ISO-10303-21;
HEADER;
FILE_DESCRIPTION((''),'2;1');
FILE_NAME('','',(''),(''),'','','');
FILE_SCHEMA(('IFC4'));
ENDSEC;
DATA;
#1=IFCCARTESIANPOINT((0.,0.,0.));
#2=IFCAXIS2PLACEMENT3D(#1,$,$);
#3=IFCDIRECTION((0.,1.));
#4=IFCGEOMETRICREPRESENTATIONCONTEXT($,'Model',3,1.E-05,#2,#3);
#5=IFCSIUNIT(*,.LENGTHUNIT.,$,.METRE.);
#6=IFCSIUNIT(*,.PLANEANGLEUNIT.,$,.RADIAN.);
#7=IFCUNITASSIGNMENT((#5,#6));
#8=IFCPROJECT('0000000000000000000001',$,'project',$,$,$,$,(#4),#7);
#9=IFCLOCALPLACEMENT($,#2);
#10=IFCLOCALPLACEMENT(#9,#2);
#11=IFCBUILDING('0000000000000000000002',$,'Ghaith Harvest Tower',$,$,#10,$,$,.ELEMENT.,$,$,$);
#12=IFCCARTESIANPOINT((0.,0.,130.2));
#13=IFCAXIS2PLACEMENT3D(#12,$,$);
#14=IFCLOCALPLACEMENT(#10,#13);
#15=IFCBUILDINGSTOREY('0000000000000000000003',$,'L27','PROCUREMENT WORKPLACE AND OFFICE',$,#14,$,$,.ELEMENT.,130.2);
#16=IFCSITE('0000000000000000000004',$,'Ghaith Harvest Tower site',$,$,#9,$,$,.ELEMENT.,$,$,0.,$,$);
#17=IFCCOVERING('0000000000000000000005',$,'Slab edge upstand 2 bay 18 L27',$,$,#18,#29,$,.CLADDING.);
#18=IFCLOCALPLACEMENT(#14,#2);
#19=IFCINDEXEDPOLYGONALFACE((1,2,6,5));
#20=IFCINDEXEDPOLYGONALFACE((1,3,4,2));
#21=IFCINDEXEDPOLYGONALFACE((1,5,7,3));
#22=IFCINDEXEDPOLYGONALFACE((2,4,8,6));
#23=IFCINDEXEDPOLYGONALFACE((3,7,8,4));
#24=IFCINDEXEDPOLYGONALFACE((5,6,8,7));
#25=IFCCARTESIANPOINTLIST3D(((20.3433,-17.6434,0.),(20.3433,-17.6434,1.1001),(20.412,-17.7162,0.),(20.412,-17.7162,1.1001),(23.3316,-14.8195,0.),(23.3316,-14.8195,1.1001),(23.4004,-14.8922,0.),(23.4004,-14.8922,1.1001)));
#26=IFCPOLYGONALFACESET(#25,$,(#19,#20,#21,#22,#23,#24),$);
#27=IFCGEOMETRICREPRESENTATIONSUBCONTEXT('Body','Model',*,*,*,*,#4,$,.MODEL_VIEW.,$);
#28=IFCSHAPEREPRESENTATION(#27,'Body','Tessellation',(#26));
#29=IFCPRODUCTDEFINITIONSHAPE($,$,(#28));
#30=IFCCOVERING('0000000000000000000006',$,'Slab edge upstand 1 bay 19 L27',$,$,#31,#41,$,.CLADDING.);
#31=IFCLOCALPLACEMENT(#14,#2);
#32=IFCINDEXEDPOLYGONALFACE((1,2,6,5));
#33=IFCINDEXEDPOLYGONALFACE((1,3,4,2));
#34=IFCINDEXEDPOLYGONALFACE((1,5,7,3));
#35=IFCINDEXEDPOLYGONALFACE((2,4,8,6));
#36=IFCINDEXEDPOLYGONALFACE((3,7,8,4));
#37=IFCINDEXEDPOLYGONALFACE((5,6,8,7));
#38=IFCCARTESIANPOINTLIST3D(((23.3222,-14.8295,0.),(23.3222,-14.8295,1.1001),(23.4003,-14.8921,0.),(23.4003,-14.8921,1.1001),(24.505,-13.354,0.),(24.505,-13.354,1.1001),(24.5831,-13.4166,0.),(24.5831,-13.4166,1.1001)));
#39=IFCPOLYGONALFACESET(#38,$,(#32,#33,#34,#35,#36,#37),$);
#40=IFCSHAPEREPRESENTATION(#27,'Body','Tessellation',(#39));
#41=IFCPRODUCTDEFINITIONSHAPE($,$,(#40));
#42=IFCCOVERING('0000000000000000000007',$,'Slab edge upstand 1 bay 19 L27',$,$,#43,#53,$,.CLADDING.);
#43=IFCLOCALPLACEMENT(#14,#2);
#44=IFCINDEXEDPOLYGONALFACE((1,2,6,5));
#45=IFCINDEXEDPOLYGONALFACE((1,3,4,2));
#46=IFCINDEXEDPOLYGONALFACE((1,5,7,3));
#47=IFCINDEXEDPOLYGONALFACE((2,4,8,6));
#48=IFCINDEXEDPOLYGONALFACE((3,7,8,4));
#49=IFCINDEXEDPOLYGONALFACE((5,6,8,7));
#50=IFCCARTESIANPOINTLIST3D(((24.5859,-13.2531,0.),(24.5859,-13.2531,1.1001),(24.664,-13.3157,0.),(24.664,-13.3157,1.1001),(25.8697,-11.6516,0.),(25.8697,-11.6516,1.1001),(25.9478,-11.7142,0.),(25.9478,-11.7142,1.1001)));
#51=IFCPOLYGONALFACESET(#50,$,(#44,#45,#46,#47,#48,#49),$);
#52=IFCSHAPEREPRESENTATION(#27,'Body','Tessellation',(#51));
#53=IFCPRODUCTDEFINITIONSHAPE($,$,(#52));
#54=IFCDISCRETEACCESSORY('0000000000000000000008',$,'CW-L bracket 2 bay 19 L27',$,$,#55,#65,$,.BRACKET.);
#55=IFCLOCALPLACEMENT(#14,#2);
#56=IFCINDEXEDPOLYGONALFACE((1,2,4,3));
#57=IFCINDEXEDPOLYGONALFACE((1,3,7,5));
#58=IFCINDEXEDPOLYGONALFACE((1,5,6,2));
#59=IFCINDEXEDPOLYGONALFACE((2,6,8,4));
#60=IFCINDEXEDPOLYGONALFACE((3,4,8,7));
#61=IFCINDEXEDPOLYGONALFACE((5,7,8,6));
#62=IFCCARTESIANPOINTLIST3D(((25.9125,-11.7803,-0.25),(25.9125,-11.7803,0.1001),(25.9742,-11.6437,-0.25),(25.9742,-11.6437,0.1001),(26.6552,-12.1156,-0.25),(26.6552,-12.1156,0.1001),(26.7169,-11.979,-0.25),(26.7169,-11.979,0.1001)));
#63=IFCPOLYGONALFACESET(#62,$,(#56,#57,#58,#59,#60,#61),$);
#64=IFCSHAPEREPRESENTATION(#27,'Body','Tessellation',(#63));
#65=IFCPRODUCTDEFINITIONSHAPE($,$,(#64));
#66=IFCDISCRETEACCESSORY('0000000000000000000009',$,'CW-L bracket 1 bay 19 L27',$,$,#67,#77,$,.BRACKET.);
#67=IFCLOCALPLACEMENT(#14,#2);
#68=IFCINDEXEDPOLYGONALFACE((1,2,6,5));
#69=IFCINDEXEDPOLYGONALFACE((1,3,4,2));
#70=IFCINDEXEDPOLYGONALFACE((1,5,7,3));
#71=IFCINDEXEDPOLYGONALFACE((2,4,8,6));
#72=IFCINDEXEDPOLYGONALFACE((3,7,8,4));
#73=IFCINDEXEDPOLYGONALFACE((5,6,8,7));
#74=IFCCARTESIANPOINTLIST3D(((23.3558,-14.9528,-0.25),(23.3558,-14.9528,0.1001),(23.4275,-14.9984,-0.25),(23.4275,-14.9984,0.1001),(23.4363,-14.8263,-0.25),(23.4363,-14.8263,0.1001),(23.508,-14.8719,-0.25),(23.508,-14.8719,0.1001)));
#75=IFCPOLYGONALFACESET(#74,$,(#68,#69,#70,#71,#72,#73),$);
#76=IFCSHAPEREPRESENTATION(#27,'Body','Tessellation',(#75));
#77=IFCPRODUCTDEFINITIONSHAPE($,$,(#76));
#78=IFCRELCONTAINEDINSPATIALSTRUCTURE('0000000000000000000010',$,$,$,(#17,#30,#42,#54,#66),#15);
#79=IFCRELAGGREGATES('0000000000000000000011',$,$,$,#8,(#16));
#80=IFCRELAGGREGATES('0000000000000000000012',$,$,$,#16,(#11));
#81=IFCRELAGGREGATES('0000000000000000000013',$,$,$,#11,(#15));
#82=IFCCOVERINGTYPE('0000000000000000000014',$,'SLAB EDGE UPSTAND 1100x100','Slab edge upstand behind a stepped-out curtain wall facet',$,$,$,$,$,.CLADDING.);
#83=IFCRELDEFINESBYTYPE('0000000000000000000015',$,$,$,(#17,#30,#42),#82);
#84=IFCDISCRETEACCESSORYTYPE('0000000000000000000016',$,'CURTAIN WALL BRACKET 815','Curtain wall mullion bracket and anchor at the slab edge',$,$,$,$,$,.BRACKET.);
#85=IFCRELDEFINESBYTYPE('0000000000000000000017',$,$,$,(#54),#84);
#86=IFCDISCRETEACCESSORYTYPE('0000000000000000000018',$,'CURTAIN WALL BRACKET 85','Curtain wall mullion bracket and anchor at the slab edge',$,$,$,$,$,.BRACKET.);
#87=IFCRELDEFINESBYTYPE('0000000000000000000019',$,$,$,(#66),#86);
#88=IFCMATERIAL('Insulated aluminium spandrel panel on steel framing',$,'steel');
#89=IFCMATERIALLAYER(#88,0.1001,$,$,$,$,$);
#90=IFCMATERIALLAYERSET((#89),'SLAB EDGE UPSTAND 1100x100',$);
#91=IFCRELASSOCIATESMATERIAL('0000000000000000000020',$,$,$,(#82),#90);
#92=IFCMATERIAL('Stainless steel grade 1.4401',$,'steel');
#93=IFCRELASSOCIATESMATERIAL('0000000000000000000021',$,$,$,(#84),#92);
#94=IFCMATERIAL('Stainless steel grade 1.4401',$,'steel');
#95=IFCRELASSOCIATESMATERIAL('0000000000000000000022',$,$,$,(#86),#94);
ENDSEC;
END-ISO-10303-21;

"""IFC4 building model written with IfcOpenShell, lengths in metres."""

from ifc_helpers import new_model, si_unit, direction, frame, origin, origin_2d, place, context, subcontext, project, spatial, rectangle, extrude, material, layer, layer_set, type_object, element, save


model = new_model("IFC4")

# Units and contexts
model_context = context("Model", 3, precision=1e-05, world=origin(), true_north=direction((0.0, 1.0)))
body_context = subcontext(model_context, "Body", "Model", "MODEL_VIEW")
ifc_project = project(units=[si_unit("LENGTHUNIT", "METRE"), si_unit("PLANEANGLEUNIT", "RADIAN")], contexts=[model_context])

# Site, building, storey
site_placement = place(None, origin())
site = spatial("IfcSite", under=ifc_project, at=site_placement, Name="Ghaith Harvest Tower site", CompositionType="ELEMENT", RefElevation=0.0)
building_placement = place(site_placement, origin())
building = spatial("IfcBuilding", under=site, at=building_placement, Name="Ghaith Harvest Tower", CompositionType="ELEMENT")
storey_placement = place(building_placement, frame((0.0, 0.0, 130.2)))
storey = spatial("IfcBuildingStorey", under=building, at=storey_placement, Name="L27", Description="PROCUREMENT WORKPLACE AND OFFICE", CompositionType="ELEMENT", Elevation=130.2)

# Coverings
ifc_material_1 = material(Name="Insulated aluminium spandrel panel on steel framing", Category="steel")
ifc_layer_1 = layer(ifc_material_1, 0.1001)
ifc_layer_set_1 = layer_set([ifc_layer_1], Name="SLAB EDGE UPSTAND 1100x100")
covering_type = type_object("IfcCoveringType", Name="SLAB EDGE UPSTAND 1100x100", Description="Slab edge upstand behind a stepped-out curtain wall facet", PredefinedType="CLADDING", material=ifc_layer_set_1)
covering_1_placement = place(storey_placement, frame((21.8718, -16.2678, 0.0), z_axis=(0.0, 0.0, 1.0), x_axis=(0.72681, 0.686839, 0.0)))
element("IfcCovering", 1, at=covering_1_placement, inside=storey, type_object=covering_type, Name="Slab edge upstand 2 bay 18 L27", PredefinedType="CLADDING", context=body_context, shape_type="SweptSolid", body=[
    extrude(rectangle(XDim=4.1116, YDim=0.1001, at=origin_2d()), origin(), (0.0, 0.0, 1.0), 1.1001),
])
covering_2_placement = place(storey_placement, frame((23.9526, -14.123, 0.0), z_axis=(0.0, 0.0, 1.0), x_axis=(0.625468, 0.78025, 0.0)))
element("IfcCovering", 2, at=covering_2_placement, inside=storey, type_object=covering_type, Name="Slab edge upstand 1 bay 19 L27", PredefinedType="CLADDING", context=body_context, shape_type="SweptSolid", body=[
    extrude(rectangle(XDim=1.8911, YDim=0.1001, at=origin_2d()), origin(), (0.0, 0.0, 1.0), 1.1001),
])
covering_3_placement = place(storey_placement, frame((25.2668, -12.4836, 0.0), z_axis=(0.0, 0.0, 1.0), x_axis=(0.625468, 0.78025, 0.0)))
element("IfcCovering", 3, at=covering_3_placement, inside=storey, type_object=covering_type, Name="Slab edge upstand 1 bay 19 L27", PredefinedType="CLADDING", context=body_context, shape_type="SweptSolid", body=[
    extrude(rectangle(XDim=2.0525, YDim=0.1001, at=origin_2d()), origin(), (0.0, 0.0, 1.0), 1.1001),
])

# Discrete accessories
ifc_material_2 = material(Name="Stainless steel grade 1.4401", Category="steel")
discrete_accessory_type_1 = type_object("IfcDiscreteAccessoryType", Name="CURTAIN WALL BRACKET 815", Description="Curtain wall mullion bracket and anchor at the slab edge", PredefinedType="BRACKET", material=ifc_material_2)
discrete_accessory_1_placement = place(storey_placement, frame((26.3147, -11.8796, -0.25), z_axis=(0.0, 0.0, 1.0), x_axis=(0.911427, -0.411462, 0.0)))
element("IfcDiscreteAccessory", 4, at=discrete_accessory_1_placement, inside=storey, type_object=discrete_accessory_type_1, Name="CW-L bracket 2 bay 19 L27", PredefinedType="BRACKET", context=body_context, shape_type="SweptSolid", body=[
    extrude(rectangle(XDim=0.8149, YDim=0.1499, at=origin_2d()), origin(), (0.0, 0.0, 1.0), 0.3501),
])
ifc_material_3 = material(Name="Stainless steel grade 1.4401", Category="steel")
discrete_accessory_type_2 = type_object("IfcDiscreteAccessoryType", Name="CURTAIN WALL BRACKET 85", Description="Curtain wall mullion bracket and anchor at the slab edge", PredefinedType="BRACKET", material=ifc_material_3)
discrete_accessory_2_placement = place(storey_placement, frame((23.4319, -14.9124, -0.25), z_axis=(0.0, 0.0, 1.0), x_axis=(0.843644, -0.536903, 0.0)))
element("IfcDiscreteAccessory", 5, at=discrete_accessory_2_placement, inside=storey, type_object=discrete_accessory_type_2, Name="CW-L bracket 1 bay 19 L27", PredefinedType="BRACKET", context=body_context, shape_type="SweptSolid", body=[
    extrude(rectangle(XDim=0.085, YDim=0.1499, at=origin_2d()), origin(), (0.0, 0.0, 1.0), 0.3501),
])

save(model, "model.ifc")
